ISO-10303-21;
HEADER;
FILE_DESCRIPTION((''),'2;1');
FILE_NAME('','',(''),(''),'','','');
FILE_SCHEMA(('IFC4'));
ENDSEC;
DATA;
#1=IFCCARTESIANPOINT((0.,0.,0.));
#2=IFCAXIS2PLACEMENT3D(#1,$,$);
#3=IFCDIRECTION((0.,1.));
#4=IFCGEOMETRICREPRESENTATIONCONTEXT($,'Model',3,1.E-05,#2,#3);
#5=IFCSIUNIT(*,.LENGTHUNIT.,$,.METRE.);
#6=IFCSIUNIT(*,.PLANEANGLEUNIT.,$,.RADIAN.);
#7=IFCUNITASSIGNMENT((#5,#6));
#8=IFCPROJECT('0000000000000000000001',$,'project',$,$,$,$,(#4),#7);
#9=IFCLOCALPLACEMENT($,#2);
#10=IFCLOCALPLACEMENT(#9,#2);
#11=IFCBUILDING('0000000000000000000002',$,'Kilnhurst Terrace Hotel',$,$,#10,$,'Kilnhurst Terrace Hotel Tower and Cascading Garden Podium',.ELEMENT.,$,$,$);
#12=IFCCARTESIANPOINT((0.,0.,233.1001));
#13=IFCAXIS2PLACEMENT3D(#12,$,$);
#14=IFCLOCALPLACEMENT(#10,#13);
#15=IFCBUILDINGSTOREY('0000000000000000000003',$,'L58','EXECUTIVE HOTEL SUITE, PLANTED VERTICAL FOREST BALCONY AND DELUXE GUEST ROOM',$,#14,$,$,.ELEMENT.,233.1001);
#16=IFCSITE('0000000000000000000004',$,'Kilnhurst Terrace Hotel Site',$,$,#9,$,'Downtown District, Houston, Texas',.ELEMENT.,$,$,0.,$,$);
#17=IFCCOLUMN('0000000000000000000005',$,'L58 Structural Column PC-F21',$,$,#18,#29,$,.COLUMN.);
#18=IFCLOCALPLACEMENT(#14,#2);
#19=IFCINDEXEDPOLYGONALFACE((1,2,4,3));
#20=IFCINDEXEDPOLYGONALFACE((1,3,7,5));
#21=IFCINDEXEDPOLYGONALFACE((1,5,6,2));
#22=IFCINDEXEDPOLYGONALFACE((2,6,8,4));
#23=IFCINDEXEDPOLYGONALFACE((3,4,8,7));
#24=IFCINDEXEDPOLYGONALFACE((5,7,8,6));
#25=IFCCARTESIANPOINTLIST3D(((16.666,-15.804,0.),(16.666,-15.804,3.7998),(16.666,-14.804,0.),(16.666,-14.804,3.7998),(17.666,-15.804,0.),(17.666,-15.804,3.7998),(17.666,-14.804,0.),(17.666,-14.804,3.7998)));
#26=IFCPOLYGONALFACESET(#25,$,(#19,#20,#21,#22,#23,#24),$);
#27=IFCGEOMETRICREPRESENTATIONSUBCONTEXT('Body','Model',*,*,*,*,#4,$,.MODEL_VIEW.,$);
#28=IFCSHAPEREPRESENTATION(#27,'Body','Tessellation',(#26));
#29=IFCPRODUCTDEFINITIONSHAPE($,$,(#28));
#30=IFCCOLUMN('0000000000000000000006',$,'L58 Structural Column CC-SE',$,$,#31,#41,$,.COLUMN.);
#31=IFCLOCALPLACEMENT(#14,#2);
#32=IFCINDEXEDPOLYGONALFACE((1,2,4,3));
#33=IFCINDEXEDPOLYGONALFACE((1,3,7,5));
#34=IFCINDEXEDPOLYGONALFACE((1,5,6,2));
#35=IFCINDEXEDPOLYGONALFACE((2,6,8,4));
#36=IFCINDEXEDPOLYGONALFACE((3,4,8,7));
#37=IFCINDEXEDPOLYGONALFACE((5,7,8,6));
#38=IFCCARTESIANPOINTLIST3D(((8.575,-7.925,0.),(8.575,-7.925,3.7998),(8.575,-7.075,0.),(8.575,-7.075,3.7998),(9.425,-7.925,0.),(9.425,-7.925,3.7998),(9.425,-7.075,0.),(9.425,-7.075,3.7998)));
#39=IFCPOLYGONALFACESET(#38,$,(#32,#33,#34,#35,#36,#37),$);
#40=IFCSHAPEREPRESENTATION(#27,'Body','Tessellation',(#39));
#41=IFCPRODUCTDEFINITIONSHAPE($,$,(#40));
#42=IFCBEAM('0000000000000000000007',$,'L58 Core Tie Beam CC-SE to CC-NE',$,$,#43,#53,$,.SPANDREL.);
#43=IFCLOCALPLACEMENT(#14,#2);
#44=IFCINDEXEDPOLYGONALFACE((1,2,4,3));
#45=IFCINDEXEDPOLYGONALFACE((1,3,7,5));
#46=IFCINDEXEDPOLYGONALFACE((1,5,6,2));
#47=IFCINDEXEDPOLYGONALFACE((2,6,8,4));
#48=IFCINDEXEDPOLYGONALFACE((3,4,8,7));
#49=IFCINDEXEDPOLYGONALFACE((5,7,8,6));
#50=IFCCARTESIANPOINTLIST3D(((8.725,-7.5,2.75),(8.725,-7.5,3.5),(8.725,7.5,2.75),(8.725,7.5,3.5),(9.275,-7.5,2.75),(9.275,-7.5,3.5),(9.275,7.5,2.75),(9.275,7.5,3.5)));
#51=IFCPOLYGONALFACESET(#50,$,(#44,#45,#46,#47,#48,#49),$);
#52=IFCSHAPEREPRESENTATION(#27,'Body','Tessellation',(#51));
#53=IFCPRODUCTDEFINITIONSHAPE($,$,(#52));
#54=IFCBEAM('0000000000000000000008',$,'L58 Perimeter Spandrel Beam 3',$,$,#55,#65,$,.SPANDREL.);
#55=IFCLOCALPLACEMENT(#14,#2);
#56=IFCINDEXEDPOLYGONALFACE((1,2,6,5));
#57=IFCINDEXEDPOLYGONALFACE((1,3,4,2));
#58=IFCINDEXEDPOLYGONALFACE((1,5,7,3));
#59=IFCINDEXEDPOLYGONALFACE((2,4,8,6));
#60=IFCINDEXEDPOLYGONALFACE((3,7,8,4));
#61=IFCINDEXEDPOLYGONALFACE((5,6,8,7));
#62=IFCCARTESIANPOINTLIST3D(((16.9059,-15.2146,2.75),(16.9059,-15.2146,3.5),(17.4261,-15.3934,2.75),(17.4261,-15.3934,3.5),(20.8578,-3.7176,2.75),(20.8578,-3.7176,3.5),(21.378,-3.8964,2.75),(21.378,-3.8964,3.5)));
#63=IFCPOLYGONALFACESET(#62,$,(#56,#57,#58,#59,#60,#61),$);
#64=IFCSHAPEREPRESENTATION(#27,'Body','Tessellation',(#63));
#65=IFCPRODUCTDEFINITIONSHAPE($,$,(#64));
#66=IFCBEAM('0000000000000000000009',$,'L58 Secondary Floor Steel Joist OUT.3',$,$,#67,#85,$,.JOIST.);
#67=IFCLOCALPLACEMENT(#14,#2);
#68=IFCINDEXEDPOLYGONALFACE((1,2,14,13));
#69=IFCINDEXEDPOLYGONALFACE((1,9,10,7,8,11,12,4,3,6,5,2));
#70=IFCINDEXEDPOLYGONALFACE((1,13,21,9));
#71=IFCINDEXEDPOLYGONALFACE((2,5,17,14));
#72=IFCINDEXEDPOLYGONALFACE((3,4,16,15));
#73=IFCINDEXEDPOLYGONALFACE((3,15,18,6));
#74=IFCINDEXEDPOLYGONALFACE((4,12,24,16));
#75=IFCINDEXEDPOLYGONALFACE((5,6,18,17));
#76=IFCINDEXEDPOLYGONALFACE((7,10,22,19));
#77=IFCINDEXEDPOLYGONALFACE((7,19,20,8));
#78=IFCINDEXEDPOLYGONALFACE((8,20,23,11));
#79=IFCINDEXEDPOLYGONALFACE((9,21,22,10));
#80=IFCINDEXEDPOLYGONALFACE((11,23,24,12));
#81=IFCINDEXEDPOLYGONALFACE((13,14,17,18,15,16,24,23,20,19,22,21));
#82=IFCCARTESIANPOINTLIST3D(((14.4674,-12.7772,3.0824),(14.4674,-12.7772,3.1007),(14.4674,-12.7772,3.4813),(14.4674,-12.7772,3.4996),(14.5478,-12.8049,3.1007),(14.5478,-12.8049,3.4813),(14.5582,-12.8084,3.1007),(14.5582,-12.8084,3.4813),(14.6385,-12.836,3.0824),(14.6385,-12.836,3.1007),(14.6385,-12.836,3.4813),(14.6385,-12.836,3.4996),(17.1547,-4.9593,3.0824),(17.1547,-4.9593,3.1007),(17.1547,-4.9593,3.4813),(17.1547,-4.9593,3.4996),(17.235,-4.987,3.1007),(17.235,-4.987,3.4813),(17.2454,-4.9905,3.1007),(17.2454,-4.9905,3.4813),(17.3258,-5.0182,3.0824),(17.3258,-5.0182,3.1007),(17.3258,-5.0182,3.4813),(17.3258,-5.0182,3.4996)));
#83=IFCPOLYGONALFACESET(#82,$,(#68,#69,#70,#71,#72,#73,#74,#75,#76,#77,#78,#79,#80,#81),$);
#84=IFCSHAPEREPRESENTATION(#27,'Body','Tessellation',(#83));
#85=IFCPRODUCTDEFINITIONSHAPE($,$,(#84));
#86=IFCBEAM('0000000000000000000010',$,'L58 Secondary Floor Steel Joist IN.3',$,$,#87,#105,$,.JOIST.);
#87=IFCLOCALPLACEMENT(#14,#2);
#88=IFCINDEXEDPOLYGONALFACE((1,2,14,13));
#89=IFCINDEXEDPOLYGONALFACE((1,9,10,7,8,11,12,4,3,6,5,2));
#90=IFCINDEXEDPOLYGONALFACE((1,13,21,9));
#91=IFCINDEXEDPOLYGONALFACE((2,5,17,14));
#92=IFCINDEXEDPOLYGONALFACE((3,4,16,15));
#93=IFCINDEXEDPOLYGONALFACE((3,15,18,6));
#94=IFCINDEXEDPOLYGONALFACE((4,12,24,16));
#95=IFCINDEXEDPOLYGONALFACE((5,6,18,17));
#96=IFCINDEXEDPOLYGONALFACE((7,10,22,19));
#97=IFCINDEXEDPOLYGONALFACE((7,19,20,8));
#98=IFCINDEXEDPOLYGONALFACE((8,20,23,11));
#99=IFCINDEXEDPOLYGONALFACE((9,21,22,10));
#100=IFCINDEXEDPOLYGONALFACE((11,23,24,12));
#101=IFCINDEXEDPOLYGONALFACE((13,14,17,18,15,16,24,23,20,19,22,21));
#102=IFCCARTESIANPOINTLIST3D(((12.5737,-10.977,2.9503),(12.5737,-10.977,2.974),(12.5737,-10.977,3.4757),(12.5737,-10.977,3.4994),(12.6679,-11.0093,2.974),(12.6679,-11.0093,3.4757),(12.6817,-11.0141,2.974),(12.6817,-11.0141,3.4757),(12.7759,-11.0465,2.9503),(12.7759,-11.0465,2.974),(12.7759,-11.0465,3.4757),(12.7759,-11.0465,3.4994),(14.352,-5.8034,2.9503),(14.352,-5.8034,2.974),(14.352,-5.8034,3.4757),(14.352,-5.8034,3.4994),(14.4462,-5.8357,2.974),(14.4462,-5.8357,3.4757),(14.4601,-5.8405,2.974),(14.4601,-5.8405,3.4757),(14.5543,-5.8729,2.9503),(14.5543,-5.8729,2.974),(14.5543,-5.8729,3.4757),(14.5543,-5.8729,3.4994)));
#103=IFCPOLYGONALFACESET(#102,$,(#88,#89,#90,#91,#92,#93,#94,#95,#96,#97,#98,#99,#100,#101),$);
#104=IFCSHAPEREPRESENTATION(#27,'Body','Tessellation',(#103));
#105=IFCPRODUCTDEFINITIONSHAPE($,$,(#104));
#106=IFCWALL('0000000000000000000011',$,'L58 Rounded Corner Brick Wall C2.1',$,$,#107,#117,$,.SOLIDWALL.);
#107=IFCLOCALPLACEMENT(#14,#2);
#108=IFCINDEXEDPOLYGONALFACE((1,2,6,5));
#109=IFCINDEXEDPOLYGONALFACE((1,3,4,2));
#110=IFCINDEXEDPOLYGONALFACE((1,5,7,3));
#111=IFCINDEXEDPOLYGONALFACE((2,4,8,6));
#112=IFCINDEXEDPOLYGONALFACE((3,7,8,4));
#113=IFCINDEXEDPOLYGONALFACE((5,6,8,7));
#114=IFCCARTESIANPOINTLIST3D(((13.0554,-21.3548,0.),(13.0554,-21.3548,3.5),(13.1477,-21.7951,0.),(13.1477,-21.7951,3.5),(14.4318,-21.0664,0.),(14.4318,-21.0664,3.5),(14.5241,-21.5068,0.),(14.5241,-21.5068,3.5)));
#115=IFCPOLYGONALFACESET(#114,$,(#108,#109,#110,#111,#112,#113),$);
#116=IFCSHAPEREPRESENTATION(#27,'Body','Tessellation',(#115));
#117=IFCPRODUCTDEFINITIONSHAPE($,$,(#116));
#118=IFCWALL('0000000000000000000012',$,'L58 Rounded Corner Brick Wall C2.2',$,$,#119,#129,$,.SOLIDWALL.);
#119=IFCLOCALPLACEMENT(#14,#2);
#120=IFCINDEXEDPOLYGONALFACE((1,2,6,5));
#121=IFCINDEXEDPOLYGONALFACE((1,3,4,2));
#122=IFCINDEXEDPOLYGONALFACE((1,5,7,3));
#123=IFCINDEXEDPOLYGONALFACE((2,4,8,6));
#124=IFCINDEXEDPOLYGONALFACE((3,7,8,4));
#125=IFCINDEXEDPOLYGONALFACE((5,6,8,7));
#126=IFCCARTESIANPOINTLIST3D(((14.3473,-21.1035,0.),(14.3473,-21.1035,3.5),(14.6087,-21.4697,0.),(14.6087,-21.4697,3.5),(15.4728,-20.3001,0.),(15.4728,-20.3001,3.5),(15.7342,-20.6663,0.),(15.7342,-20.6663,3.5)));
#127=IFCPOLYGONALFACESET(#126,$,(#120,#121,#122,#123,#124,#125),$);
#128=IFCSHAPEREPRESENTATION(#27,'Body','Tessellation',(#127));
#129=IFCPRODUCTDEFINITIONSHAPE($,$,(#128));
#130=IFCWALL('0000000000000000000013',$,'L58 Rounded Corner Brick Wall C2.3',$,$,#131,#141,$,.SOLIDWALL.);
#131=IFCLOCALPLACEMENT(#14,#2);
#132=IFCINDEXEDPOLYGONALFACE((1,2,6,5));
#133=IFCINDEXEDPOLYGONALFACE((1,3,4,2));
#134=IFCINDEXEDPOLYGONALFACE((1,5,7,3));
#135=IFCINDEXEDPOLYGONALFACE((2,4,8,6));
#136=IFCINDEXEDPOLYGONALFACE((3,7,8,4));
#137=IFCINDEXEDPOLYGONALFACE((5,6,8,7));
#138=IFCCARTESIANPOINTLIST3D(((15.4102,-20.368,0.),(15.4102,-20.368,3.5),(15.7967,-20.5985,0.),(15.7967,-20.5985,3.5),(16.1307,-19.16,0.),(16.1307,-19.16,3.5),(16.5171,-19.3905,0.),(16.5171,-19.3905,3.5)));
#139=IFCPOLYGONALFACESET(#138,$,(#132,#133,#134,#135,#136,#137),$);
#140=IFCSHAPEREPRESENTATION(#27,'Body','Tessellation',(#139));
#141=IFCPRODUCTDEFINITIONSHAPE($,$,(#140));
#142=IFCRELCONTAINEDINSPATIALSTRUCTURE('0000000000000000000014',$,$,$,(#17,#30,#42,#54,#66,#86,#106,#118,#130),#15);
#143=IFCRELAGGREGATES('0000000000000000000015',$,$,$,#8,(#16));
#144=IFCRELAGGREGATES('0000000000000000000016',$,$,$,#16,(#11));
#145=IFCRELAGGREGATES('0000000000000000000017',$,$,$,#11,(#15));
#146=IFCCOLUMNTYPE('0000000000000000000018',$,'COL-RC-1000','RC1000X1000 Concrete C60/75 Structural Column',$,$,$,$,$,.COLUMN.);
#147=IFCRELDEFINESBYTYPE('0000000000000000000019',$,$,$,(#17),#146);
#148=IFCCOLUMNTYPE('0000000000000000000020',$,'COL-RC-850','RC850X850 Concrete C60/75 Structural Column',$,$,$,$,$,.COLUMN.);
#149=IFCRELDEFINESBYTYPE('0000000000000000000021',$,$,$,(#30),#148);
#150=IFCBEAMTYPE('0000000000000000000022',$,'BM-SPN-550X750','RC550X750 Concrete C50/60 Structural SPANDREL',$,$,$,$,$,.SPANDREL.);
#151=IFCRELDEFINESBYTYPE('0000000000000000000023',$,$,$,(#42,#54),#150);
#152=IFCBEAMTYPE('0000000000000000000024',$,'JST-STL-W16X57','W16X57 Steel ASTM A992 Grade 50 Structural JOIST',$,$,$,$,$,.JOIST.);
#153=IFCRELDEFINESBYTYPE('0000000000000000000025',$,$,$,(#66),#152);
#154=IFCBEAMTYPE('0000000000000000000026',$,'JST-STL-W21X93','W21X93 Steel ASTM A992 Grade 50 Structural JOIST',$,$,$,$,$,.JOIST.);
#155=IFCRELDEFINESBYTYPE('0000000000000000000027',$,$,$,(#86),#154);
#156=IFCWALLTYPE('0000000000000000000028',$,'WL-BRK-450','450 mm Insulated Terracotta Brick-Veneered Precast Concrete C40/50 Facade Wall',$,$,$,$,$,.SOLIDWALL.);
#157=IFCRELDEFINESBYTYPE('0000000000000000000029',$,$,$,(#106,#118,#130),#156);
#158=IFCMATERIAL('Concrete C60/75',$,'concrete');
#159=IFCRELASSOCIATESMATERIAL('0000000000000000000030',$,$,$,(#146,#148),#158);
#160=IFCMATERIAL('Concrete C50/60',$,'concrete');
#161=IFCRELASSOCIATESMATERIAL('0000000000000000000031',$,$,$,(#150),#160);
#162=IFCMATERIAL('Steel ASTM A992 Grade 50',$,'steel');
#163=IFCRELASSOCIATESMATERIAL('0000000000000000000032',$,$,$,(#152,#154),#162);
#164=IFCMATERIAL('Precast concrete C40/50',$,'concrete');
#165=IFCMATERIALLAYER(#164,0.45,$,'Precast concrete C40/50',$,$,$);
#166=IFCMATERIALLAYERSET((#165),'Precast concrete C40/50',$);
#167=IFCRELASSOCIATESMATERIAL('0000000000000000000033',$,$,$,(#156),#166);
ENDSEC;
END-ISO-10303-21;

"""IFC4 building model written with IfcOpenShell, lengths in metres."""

from ifc_helpers import new_model, si_unit, direction, frame, frame_2d, origin, origin_2d, place, context, subcontext, project, spatial, rectangle, i_section, extrude, material, layer, layer_set, material_profile, profile_set, type_object, element, save


model = new_model("IFC4")

# Units and contexts
model_context = context("Model", 3, precision=1e-05, world=origin(), true_north=direction((0.0, 1.0)))
body_context = subcontext(model_context, "Body", "Model", "MODEL_VIEW")
ifc_project = project(units=[si_unit("LENGTHUNIT", "METRE"), si_unit("PLANEANGLEUNIT", "RADIAN")], contexts=[model_context])

# Site, building, storey
site_placement = place(None, origin())
site = spatial("IfcSite", under=ifc_project, at=site_placement, Name="Kilnhurst Terrace Hotel Site", LongName="Downtown District, Houston, Texas", CompositionType="ELEMENT", RefElevation=0.0)
building_placement = place(site_placement, origin())
building = spatial("IfcBuilding", under=site, at=building_placement, Name="Kilnhurst Terrace Hotel", LongName="Kilnhurst Terrace Hotel Tower and Cascading Garden Podium", CompositionType="ELEMENT")
storey_placement = place(building_placement, frame((0.0, 0.0, 233.1001)))
storey = spatial("IfcBuildingStorey", under=building, at=storey_placement, Name="L58", Description="EXECUTIVE HOTEL SUITE, PLANTED VERTICAL FOREST BALCONY AND DELUXE GUEST ROOM", CompositionType="ELEMENT", Elevation=233.1001)

# Columns
ifc_material_1 = material(Name="Concrete C60/75", Category="concrete")
ifc_material_profile_1 = material_profile(ifc_material_1, rectangle(XDim=1.0, YDim=1.0, at=origin_2d()), Name="RC1000X1000")
ifc_profile_set_1 = profile_set([ifc_material_profile_1], Name="Concrete C60/75")
column_type_1 = type_object("IfcColumnType", Name="COL-RC-1000", Description="RC1000X1000 Concrete C60/75 Structural Column", PredefinedType="COLUMN", material=ifc_profile_set_1)
column_1_placement = place(storey_placement, frame((17.166, -15.304, 0.0), z_axis=(0.0, 0.0, 1.0), x_axis=(1.0, 0.0, 0.0)))
element("IfcColumn", 1, at=column_1_placement, inside=storey, type_object=column_type_1, Name="L58 Structural Column PC-F21", PredefinedType="COLUMN", context=body_context, shape_type="SweptSolid", body=[
    extrude(rectangle(XDim=1.0, YDim=1.0, at=origin_2d()), origin(), (0.0, 0.0, 1.0), 3.7998),
])
ifc_material_profile_2 = material_profile(ifc_material_1, rectangle(XDim=0.8501, YDim=0.8501, at=origin_2d()), Name="RC850X850")
ifc_profile_set_2 = profile_set([ifc_material_profile_2], Name="Concrete C60/75")
column_type_2 = type_object("IfcColumnType", Name="COL-RC-850", Description="RC850X850 Concrete C60/75 Structural Column", PredefinedType="COLUMN", material=ifc_profile_set_2)
column_2_placement = place(storey_placement, frame((9.0, -7.5, 0.0), z_axis=(0.0, 0.0, 1.0), x_axis=(1.0, 0.0, 0.0)))
element("IfcColumn", 2, at=column_2_placement, inside=storey, type_object=column_type_2, Name="L58 Structural Column CC-SE", PredefinedType="COLUMN", context=body_context, shape_type="SweptSolid", body=[
    extrude(rectangle(XDim=0.8501, YDim=0.8501, at=origin_2d()), origin(), (0.0, 0.0, 1.0), 3.7998),
])

# Beams
ifc_material_2 = material(Name="Concrete C50/60", Category="concrete")
ifc_material_profile_3 = material_profile(ifc_material_2, rectangle(XDim=0.55, YDim=0.75, at=origin_2d()), Name="RC550X750")
ifc_profile_set_3 = profile_set([ifc_material_profile_3], Name="Concrete C50/60")
beam_type_1 = type_object("IfcBeamType", Name="BM-SPN-550X750", Description="RC550X750 Concrete C50/60 Structural SPANDREL", PredefinedType="SPANDREL", material=ifc_profile_set_3)
beam_1_placement = place(storey_placement, frame((9.0, -7.5, 3.125), z_axis=(0.0, 1.0, 0.0), x_axis=(-1.0, 0.0, 0.0)))
element("IfcBeam", 3, at=beam_1_placement, inside=storey, type_object=beam_type_1, Name="L58 Core Tie Beam CC-SE to CC-NE", PredefinedType="SPANDREL", context=body_context, shape_type="SweptSolid", body=[
    extrude(rectangle(XDim=0.55, YDim=0.75, at=origin_2d()), origin(), (0.0, 0.0, 1.0), 15.0),
])
beam_2_placement = place(storey_placement, frame((17.166, -15.304, 3.125), z_axis=(0.325064, 0.945692, 0.0), x_axis=(-0.945692, 0.325064, 0.0)))
element("IfcBeam", 4, at=beam_2_placement, inside=storey, type_object=beam_type_1, Name="L58 Perimeter Spandrel Beam 3", PredefinedType="SPANDREL", context=body_context, shape_type="SweptSolid", body=[
    extrude(rectangle(XDim=0.55, YDim=0.75, at=origin_2d()), origin(), (0.0, 0.0, 1.0), 12.1572),
])
ifc_material_3 = material(Name="Steel ASTM A992 Grade 50", Category="steel")
ifc_material_profile_4 = material_profile(ifc_material_3, i_section(OverallWidth=0.1809, OverallDepth=0.4172, WebThickness=0.011, FlangeThickness=0.0183, at=origin_2d()), Name="W16X57")
ifc_profile_set_4 = profile_set([ifc_material_profile_4], Name="Steel ASTM A992 Grade 50")
beam_type_2 = type_object("IfcBeamType", Name="JST-STL-W16X57", Description="W16X57 Steel ASTM A992 Grade 50 Structural JOIST", PredefinedType="JOIST", material=ifc_profile_set_4)
beam_3_placement = place(storey_placement, frame((14.553, -12.8066, 3.291), z_axis=(0.325065, 0.945692, 0.0), x_axis=(-0.945692, 0.325065, 0.0)))
element("IfcBeam", 5, at=beam_3_placement, inside=storey, type_object=beam_type_2, Name="L58 Secondary Floor Steel Joist OUT.3", PredefinedType="JOIST", context=body_context, shape_type="SweptSolid", body=[
    extrude(i_section(OverallWidth=0.1809, OverallDepth=0.4172, WebThickness=0.011, FlangeThickness=0.0183, at=origin_2d()), origin(), (0.0, 0.0, 1.0), 8.2668),
])
ifc_material_profile_5 = material_profile(ifc_material_3, i_section(OverallWidth=0.2139, OverallDepth=0.5491, WebThickness=0.0146, FlangeThickness=0.0237, at=origin_2d()), Name="W21X93")
ifc_profile_set_5 = profile_set([ifc_material_profile_5], Name="Steel ASTM A992 Grade 50")
beam_type_3 = type_object("IfcBeamType", Name="JST-STL-W21X93", Description="W21X93 Steel ASTM A992 Grade 50 Structural JOIST", PredefinedType="JOIST", material=ifc_profile_set_5)
beam_4_placement = place(storey_placement, frame((12.6748, -11.0117, 3.2249), z_axis=(0.325064, 0.945692, 0.0), x_axis=(-0.945692, 0.325064, 0.0)))
element("IfcBeam", 6, at=beam_4_placement, inside=storey, type_object=beam_type_3, Name="L58 Secondary Floor Steel Joist IN.3", PredefinedType="JOIST", context=body_context, shape_type="SweptSolid", body=[
    extrude(i_section(OverallWidth=0.2139, OverallDepth=0.5491, WebThickness=0.0146, FlangeThickness=0.0237, at=origin_2d()), origin(), (0.0, 0.0, 1.0), 5.4707),
])

# Walls
ifc_material_4 = material(Name="Precast concrete C40/50", Category="concrete")
ifc_layer_1 = layer(ifc_material_4, 0.45, Name="Precast concrete C40/50")
ifc_layer_set_1 = layer_set([ifc_layer_1], Name="Precast concrete C40/50")
wall_type_1 = type_object("IfcWallType", Name="WL-BRK-450", Description="450 mm Insulated Terracotta Brick-Veneered Precast Concrete C40/50 Facade Wall", PredefinedType="SOLIDWALL", material=ifc_layer_set_1)
wall_1_placement = place(storey_placement, frame((13.1016, -21.575, 0.0), z_axis=(0.0, 0.0, 1.0), x_axis=(0.978757, 0.205022, 0.0)))
element("IfcWall", 7, at=wall_1_placement, inside=storey, type_object=wall_type_1, Name="L58 Rounded Corner Brick Wall C2.1", PredefinedType="SOLIDWALL", context=body_context, shape_type="SweptSolid", body=[
    extrude(rectangle(XDim=1.4062, YDim=0.45, at=frame_2d((0.7031, 0.0))), origin(), (0.0, 0.0, 1.0), 3.5),
])
wall_2_placement = place(storey_placement, frame((14.478, -21.2866, 0.0), z_axis=(0.0, 0.0, 1.0), x_axis=(0.813889, 0.581021, 0.0)))
element("IfcWall", 8, at=wall_2_placement, inside=storey, type_object=wall_type_1, Name="L58 Rounded Corner Brick Wall C2.2", PredefinedType="SOLIDWALL", context=body_context, shape_type="SweptSolid", body=[
    extrude(rectangle(XDim=1.3828, YDim=0.45, at=frame_2d((0.6914, 0.0))), origin(), (0.0, 0.0, 1.0), 3.5),
])
wall_3_placement = place(storey_placement, frame((15.6035, -20.4832, 0.0), z_axis=(0.0, 0.0, 1.0), x_axis=(0.512222, 0.858853, 0.0)))
element("IfcWall", 9, at=wall_3_placement, inside=storey, type_object=wall_type_1, Name="L58 Rounded Corner Brick Wall C2.3", PredefinedType="SOLIDWALL", context=body_context, shape_type="SweptSolid", body=[
    extrude(rectangle(XDim=1.4065, YDim=0.45, at=frame_2d((0.7031, 0.0))), origin(), (0.0, 0.0, 1.0), 3.5),
])

save(model, "model.ifc")
